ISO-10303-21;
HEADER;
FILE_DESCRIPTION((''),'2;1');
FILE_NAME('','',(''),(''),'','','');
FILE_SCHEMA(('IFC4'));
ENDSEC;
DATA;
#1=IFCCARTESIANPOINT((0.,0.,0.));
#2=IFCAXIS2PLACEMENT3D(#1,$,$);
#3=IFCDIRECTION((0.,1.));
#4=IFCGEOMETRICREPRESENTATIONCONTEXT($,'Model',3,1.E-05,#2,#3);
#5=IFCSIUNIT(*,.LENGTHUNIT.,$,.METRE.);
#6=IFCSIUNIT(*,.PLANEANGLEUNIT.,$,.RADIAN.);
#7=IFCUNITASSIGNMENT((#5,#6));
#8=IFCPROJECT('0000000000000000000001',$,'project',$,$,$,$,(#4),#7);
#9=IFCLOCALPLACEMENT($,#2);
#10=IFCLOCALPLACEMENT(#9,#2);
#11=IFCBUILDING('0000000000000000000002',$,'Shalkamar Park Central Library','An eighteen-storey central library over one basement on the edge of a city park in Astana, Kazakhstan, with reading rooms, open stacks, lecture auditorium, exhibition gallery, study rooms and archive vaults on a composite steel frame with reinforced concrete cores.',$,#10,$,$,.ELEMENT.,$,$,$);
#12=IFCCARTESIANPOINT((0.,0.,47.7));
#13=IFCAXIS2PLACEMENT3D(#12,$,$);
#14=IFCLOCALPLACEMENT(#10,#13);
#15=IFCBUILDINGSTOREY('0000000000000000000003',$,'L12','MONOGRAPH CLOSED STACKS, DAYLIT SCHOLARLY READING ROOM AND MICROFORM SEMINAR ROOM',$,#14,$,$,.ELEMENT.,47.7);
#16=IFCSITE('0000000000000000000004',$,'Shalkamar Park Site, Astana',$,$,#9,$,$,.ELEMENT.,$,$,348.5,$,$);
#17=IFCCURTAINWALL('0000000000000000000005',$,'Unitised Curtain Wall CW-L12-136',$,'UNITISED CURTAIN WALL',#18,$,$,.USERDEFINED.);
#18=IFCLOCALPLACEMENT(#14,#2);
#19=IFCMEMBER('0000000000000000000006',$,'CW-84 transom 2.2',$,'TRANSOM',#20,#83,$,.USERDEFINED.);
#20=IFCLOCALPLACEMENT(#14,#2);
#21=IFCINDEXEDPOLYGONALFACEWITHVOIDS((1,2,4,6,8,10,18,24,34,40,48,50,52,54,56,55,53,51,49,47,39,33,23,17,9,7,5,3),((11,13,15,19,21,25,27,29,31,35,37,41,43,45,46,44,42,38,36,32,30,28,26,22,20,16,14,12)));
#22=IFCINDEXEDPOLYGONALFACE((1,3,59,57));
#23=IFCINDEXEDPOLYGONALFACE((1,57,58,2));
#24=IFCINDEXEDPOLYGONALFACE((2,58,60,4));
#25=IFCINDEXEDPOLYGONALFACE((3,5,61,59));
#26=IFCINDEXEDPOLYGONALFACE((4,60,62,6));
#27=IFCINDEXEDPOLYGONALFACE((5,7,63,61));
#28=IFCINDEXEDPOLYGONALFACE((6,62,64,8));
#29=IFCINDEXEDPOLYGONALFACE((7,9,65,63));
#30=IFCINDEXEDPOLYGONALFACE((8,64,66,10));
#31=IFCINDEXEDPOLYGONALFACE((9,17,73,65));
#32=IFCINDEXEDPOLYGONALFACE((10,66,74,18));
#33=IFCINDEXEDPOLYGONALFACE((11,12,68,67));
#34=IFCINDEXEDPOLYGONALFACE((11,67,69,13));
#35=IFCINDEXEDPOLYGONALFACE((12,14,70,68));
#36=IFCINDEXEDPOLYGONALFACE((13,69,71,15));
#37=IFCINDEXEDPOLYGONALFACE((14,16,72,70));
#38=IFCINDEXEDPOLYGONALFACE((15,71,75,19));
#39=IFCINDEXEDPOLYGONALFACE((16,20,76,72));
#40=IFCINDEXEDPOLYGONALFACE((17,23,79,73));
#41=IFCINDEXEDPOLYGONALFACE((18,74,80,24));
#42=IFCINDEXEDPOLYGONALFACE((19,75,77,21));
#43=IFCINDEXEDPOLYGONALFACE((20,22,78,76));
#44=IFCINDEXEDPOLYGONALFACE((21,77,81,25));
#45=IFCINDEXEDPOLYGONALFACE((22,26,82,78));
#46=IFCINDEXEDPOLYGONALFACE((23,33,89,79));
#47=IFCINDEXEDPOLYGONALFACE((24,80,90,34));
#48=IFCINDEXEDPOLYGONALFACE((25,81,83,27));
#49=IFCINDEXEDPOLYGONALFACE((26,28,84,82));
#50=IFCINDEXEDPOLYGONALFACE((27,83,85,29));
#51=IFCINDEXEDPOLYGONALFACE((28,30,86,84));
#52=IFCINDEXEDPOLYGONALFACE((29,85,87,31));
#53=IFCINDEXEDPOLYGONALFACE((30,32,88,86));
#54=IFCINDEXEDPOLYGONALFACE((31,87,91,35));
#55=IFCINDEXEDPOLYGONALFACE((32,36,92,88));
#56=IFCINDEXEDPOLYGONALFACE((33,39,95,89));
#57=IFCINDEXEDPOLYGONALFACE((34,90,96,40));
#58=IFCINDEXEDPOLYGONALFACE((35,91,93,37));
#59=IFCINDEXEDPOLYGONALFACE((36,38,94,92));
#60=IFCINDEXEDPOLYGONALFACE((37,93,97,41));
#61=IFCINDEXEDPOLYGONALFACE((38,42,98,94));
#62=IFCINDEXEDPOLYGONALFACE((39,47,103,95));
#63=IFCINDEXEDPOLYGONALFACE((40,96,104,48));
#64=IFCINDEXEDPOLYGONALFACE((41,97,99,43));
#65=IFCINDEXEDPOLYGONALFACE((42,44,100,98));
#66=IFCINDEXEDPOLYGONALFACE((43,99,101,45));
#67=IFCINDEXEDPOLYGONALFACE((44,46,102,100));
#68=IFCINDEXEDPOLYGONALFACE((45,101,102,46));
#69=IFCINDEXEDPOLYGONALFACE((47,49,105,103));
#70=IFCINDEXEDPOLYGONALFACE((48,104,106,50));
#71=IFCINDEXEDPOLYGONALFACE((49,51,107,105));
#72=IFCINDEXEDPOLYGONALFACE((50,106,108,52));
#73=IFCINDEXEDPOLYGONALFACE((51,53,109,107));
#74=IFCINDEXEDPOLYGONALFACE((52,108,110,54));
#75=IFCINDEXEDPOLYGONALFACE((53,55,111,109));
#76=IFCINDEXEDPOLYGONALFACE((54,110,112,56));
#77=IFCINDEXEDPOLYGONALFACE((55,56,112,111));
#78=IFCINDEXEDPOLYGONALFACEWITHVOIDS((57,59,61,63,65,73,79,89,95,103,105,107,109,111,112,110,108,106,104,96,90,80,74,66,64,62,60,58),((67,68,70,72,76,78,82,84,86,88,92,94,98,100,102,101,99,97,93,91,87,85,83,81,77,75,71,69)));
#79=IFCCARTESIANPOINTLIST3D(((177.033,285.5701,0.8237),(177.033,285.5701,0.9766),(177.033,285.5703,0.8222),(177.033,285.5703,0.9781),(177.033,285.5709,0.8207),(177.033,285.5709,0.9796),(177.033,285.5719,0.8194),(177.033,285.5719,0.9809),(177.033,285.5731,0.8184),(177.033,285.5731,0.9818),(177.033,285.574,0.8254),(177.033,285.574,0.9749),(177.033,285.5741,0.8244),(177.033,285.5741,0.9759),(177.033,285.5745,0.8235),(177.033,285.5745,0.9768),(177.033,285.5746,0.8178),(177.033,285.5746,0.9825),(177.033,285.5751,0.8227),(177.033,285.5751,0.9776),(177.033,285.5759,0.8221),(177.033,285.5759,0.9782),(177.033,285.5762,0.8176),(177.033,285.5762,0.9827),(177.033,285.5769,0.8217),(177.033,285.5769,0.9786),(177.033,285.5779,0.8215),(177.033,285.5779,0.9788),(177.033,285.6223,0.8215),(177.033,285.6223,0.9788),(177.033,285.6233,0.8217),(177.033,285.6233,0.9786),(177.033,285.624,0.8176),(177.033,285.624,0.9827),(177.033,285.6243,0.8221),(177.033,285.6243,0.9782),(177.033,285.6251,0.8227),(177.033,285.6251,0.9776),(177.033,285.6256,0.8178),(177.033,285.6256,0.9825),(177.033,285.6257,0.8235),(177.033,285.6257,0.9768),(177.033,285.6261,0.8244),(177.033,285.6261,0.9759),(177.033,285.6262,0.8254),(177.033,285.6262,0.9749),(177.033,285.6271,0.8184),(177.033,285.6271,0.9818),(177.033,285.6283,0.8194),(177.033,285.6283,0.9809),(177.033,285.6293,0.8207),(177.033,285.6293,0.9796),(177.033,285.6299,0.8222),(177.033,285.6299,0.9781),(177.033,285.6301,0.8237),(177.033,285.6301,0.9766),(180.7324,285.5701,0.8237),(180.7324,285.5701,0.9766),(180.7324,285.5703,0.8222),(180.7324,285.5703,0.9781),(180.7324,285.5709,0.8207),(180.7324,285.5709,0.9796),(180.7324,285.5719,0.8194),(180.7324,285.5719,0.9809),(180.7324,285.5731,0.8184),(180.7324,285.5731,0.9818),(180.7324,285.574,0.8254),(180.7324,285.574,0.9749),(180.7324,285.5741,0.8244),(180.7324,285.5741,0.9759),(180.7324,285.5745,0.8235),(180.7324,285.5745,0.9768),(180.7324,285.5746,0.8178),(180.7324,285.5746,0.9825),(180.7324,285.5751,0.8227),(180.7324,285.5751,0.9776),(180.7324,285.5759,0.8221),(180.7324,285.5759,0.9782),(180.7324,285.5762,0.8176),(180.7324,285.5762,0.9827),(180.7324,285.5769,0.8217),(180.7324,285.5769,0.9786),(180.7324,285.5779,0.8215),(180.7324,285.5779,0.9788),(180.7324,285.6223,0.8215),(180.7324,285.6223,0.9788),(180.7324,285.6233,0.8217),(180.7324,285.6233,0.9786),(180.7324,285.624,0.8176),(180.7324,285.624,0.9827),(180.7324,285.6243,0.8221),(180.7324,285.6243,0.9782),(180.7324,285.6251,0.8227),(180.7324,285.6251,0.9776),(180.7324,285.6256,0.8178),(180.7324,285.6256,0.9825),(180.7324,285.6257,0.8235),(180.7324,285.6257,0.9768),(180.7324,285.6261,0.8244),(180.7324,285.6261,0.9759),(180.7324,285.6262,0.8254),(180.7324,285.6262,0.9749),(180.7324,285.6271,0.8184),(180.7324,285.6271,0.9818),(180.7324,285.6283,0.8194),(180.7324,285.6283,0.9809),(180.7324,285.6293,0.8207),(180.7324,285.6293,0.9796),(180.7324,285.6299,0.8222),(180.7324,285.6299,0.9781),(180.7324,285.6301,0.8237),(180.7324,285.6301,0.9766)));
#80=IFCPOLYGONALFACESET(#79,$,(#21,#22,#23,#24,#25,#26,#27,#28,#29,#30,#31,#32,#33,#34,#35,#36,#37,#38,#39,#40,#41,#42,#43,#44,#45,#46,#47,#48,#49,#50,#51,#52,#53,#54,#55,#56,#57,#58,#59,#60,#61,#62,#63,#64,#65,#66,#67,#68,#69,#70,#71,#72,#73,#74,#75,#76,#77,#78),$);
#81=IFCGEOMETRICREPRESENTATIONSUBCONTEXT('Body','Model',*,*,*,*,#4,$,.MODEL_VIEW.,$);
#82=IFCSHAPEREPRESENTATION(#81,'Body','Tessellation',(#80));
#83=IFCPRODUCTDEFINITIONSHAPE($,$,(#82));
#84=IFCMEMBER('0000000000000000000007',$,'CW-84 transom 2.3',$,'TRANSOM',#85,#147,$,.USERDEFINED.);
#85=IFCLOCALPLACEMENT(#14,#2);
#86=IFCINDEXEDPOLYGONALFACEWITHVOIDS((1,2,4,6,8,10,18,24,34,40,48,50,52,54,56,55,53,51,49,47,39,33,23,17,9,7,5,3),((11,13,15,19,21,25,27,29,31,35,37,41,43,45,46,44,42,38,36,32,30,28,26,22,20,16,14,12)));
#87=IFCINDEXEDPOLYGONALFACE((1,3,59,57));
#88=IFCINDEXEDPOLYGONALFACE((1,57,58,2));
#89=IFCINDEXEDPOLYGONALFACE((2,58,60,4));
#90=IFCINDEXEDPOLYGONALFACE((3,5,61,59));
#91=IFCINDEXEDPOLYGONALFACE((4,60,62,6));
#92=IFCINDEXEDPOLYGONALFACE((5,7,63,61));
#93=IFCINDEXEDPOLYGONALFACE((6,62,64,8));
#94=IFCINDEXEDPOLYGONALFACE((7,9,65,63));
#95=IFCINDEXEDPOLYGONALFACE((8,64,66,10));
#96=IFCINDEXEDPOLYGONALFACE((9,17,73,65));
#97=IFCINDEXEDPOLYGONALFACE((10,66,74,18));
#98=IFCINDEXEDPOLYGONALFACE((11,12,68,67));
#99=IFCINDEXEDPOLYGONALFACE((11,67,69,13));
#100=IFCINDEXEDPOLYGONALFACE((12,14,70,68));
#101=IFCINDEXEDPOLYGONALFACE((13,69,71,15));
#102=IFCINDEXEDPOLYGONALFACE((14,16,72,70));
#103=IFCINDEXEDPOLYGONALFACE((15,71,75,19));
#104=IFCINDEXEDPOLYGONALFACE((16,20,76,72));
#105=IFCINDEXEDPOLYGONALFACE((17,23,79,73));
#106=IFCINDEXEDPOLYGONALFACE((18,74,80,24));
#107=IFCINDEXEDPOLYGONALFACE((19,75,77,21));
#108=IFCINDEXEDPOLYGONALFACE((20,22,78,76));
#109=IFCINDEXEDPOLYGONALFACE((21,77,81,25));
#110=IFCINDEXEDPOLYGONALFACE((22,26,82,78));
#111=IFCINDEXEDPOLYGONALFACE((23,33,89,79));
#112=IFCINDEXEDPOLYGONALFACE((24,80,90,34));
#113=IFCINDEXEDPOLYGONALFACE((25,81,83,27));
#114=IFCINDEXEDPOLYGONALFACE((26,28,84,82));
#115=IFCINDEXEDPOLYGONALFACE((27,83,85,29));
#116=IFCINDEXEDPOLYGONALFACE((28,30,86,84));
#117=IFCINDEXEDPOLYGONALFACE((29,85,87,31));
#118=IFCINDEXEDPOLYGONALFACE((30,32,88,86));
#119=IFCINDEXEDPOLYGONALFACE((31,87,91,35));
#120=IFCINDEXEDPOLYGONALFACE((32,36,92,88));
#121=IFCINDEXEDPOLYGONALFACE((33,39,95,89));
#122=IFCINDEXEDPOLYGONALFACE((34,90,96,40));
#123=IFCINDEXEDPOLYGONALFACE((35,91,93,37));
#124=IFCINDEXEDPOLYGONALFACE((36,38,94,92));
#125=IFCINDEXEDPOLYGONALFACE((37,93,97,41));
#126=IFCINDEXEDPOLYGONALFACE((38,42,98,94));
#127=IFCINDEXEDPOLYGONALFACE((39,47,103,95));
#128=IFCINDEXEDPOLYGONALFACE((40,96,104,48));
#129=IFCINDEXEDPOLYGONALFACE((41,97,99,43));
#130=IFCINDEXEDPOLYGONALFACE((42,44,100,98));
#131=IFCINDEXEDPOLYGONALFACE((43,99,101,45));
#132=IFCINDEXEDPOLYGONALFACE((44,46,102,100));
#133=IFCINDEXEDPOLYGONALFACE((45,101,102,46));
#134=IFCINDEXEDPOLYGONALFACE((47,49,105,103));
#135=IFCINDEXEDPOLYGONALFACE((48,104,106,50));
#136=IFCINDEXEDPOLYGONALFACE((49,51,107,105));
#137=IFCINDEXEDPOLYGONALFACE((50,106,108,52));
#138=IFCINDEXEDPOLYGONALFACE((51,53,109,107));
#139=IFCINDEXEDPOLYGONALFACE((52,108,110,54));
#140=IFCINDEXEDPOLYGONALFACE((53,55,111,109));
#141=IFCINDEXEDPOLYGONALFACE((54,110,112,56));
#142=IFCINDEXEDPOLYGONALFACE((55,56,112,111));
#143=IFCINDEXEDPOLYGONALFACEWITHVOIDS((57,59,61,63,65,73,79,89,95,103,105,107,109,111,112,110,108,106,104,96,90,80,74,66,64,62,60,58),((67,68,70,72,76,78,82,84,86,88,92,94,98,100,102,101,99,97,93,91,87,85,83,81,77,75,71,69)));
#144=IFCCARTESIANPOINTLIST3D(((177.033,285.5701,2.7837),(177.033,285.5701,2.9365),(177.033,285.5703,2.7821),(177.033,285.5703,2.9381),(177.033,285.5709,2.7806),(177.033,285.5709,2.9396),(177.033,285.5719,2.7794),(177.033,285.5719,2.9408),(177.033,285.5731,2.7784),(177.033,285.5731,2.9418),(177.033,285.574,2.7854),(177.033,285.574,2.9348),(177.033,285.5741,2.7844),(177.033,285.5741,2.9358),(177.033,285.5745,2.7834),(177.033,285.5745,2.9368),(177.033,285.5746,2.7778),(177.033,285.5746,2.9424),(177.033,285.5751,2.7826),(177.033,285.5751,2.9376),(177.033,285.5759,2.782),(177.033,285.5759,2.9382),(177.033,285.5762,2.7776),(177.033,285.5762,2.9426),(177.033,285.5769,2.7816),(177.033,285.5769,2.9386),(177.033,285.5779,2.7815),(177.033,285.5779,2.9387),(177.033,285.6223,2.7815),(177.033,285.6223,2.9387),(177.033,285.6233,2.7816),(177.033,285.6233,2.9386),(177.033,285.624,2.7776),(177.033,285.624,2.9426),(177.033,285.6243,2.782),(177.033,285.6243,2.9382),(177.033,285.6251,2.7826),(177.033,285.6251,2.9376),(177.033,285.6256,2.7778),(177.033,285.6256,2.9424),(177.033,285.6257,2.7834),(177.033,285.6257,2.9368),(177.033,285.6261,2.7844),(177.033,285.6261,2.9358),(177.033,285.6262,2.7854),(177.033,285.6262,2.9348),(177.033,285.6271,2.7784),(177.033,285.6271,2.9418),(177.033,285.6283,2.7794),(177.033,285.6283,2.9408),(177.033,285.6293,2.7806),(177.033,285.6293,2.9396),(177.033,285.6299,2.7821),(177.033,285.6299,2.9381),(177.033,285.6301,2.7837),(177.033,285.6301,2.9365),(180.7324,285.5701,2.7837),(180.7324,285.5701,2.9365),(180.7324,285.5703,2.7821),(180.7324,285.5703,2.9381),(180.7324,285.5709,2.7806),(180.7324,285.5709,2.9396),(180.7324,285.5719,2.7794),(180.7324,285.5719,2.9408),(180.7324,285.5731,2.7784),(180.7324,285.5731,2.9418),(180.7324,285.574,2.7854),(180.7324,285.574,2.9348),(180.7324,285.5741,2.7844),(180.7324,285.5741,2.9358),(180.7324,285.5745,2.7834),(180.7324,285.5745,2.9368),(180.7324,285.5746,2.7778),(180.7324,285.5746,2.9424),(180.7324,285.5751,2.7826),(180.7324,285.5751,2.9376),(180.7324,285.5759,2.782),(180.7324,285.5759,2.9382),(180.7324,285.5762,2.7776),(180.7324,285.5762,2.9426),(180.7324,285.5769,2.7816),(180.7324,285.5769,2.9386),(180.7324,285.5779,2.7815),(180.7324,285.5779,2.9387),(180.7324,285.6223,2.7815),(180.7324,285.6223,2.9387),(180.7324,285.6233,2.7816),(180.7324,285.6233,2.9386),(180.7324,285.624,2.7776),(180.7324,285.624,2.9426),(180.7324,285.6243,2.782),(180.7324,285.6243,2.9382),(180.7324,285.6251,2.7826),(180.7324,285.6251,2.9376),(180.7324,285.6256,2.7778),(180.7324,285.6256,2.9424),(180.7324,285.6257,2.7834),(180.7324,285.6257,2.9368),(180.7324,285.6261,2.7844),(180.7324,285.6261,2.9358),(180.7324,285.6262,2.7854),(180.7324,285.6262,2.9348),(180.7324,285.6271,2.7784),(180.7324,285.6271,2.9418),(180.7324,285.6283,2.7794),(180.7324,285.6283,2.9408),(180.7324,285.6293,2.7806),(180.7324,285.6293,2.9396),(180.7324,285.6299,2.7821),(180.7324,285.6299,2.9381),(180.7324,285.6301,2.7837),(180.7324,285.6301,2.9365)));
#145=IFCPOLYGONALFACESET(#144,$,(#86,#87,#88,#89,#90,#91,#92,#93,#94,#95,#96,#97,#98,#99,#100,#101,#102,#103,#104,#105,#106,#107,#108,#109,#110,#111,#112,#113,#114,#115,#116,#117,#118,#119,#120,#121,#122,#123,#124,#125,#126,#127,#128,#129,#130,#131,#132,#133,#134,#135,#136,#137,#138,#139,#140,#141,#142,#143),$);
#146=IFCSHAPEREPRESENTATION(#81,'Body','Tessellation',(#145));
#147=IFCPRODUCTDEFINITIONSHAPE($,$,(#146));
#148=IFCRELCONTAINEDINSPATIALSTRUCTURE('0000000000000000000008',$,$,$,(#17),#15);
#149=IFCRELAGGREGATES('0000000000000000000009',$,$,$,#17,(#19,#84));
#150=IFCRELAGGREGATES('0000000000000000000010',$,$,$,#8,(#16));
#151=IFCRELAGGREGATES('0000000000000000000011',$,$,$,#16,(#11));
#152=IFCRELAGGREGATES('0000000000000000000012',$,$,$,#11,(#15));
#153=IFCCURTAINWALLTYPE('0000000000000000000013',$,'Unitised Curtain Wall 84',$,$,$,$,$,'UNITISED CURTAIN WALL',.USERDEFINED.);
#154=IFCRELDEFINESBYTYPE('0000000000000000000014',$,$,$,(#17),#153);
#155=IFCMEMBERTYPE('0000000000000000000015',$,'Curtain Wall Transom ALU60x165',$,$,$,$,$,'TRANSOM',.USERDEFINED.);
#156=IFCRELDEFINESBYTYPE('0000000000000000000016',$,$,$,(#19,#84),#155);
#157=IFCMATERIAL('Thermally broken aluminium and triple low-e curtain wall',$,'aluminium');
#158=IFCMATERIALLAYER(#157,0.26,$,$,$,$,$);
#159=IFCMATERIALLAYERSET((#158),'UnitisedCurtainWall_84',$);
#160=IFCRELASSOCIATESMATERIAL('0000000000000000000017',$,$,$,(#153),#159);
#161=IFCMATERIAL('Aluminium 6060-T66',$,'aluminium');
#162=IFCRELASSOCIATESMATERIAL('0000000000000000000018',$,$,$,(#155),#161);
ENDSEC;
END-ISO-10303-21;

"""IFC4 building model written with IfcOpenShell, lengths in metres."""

from ifc_helpers import new_model, si_unit, direction, frame, origin, origin_2d, place, context, subcontext, project, spatial, hollow_rectangle, extrude, material, layer, layer_set, material_profile, profile_set, type_object, element, aggregate, save


model = new_model("IFC4")

# Units and contexts
model_context = context("Model", 3, precision=1e-05, world=origin(), true_north=direction((0.0, 1.0)))
body_context = subcontext(model_context, "Body", "Model", "MODEL_VIEW")
ifc_project = project(units=[si_unit("LENGTHUNIT", "METRE"), si_unit("PLANEANGLEUNIT", "RADIAN")], contexts=[model_context])

# Site, building, storey
site_placement = place(None, origin())
site = spatial("IfcSite", under=ifc_project, at=site_placement, Name="Shalkamar Park Site, Astana", CompositionType="ELEMENT", RefElevation=348.5)
building_placement = place(site_placement, origin())
building = spatial("IfcBuilding", under=site, at=building_placement, Name="Shalkamar Park Central Library", Description="An eighteen-storey central library over one basement on the edge of a city park in Astana, Kazakhstan, with reading rooms, open stacks, lecture auditorium, exhibition gallery, study rooms and archive vaults on a composite steel frame with reinforced concrete cores.", CompositionType="ELEMENT")
storey_placement = place(building_placement, frame((0.0, 0.0, 47.7)))
storey = spatial("IfcBuildingStorey", under=building, at=storey_placement, Name="L12", Description="MONOGRAPH CLOSED STACKS, DAYLIT SCHOLARLY READING ROOM AND MICROFORM SEMINAR ROOM", CompositionType="ELEMENT", Elevation=47.7)

# Curtain wall
ifc_material_1 = material(Name="Thermally broken aluminium and triple low-e curtain wall", Category="aluminium")
ifc_layer_1 = layer(ifc_material_1, 0.26)
ifc_layer_set_1 = layer_set([ifc_layer_1], Name="UnitisedCurtainWall_84")
curtain_wall_type_1 = type_object("IfcCurtainWallType", Name="Unitised Curtain Wall 84", ElementType="UNITISED CURTAIN WALL", PredefinedType="USERDEFINED", material=ifc_layer_set_1)
curtain_wall_1_placement = place(storey_placement, origin())
curtain_wall_1 = element("IfcCurtainWall", 1, at=curtain_wall_1_placement, inside=storey, type_object=curtain_wall_type_1, Name="Unitised Curtain Wall CW-L12-136", ObjectType="UNITISED CURTAIN WALL", PredefinedType="USERDEFINED")
ifc_material_2 = material(Name="Aluminium 6060-T66", Category="aluminium")

# Members
ifc_material_profile_1 = material_profile(ifc_material_2, hollow_rectangle(XDim=0.0601, YDim=0.165, WallThickness=0.0039, InnerFilletRadius=0.0039, OuterFilletRadius=0.0061, at=origin_2d()), Name="ALU 60x165x4")
ifc_profile_set_1 = profile_set([ifc_material_profile_1], Name="Aluminium 6060-T66")
member_type_1 = type_object("IfcMemberType", Name="Curtain Wall Transom ALU60x165", ElementType="TRANSOM", PredefinedType="USERDEFINED", material=ifc_profile_set_1)
member_1_placement = place(storey_placement, frame((177.033, 285.6001, 0.9001), z_axis=(1.0, 0.0, 0.0), x_axis=(0.0, 1.0, 0.0)))
member_1 = element("IfcMember", 2, at=member_1_placement, type_object=member_type_1, Name="CW-84 transom 2.2", ObjectType="TRANSOM", PredefinedType="USERDEFINED", context=body_context, shape_type="SweptSolid", body=[
    extrude(hollow_rectangle(XDim=0.0601, YDim=0.165, WallThickness=0.0039, InnerFilletRadius=0.0039, OuterFilletRadius=0.0061, at=origin_2d()), origin(), (0.0, 0.0, 1.0), 3.6995),
])
member_2_placement = place(storey_placement, frame((177.033, 285.6001, 2.8601), z_axis=(1.0, 0.0, 0.0), x_axis=(0.0, 1.0, 0.0)))
member_2 = element("IfcMember", 3, at=member_2_placement, type_object=member_type_1, Name="CW-84 transom 2.3", ObjectType="TRANSOM", PredefinedType="USERDEFINED", context=body_context, shape_type="SweptSolid", body=[
    extrude(hollow_rectangle(XDim=0.0601, YDim=0.165, WallThickness=0.0039, InnerFilletRadius=0.0039, OuterFilletRadius=0.0061, at=origin_2d()), origin(), (0.0, 0.0, 1.0), 3.6995),
])

aggregate(curtain_wall_1, [member_1, member_2])

save(model, "model.ifc")
